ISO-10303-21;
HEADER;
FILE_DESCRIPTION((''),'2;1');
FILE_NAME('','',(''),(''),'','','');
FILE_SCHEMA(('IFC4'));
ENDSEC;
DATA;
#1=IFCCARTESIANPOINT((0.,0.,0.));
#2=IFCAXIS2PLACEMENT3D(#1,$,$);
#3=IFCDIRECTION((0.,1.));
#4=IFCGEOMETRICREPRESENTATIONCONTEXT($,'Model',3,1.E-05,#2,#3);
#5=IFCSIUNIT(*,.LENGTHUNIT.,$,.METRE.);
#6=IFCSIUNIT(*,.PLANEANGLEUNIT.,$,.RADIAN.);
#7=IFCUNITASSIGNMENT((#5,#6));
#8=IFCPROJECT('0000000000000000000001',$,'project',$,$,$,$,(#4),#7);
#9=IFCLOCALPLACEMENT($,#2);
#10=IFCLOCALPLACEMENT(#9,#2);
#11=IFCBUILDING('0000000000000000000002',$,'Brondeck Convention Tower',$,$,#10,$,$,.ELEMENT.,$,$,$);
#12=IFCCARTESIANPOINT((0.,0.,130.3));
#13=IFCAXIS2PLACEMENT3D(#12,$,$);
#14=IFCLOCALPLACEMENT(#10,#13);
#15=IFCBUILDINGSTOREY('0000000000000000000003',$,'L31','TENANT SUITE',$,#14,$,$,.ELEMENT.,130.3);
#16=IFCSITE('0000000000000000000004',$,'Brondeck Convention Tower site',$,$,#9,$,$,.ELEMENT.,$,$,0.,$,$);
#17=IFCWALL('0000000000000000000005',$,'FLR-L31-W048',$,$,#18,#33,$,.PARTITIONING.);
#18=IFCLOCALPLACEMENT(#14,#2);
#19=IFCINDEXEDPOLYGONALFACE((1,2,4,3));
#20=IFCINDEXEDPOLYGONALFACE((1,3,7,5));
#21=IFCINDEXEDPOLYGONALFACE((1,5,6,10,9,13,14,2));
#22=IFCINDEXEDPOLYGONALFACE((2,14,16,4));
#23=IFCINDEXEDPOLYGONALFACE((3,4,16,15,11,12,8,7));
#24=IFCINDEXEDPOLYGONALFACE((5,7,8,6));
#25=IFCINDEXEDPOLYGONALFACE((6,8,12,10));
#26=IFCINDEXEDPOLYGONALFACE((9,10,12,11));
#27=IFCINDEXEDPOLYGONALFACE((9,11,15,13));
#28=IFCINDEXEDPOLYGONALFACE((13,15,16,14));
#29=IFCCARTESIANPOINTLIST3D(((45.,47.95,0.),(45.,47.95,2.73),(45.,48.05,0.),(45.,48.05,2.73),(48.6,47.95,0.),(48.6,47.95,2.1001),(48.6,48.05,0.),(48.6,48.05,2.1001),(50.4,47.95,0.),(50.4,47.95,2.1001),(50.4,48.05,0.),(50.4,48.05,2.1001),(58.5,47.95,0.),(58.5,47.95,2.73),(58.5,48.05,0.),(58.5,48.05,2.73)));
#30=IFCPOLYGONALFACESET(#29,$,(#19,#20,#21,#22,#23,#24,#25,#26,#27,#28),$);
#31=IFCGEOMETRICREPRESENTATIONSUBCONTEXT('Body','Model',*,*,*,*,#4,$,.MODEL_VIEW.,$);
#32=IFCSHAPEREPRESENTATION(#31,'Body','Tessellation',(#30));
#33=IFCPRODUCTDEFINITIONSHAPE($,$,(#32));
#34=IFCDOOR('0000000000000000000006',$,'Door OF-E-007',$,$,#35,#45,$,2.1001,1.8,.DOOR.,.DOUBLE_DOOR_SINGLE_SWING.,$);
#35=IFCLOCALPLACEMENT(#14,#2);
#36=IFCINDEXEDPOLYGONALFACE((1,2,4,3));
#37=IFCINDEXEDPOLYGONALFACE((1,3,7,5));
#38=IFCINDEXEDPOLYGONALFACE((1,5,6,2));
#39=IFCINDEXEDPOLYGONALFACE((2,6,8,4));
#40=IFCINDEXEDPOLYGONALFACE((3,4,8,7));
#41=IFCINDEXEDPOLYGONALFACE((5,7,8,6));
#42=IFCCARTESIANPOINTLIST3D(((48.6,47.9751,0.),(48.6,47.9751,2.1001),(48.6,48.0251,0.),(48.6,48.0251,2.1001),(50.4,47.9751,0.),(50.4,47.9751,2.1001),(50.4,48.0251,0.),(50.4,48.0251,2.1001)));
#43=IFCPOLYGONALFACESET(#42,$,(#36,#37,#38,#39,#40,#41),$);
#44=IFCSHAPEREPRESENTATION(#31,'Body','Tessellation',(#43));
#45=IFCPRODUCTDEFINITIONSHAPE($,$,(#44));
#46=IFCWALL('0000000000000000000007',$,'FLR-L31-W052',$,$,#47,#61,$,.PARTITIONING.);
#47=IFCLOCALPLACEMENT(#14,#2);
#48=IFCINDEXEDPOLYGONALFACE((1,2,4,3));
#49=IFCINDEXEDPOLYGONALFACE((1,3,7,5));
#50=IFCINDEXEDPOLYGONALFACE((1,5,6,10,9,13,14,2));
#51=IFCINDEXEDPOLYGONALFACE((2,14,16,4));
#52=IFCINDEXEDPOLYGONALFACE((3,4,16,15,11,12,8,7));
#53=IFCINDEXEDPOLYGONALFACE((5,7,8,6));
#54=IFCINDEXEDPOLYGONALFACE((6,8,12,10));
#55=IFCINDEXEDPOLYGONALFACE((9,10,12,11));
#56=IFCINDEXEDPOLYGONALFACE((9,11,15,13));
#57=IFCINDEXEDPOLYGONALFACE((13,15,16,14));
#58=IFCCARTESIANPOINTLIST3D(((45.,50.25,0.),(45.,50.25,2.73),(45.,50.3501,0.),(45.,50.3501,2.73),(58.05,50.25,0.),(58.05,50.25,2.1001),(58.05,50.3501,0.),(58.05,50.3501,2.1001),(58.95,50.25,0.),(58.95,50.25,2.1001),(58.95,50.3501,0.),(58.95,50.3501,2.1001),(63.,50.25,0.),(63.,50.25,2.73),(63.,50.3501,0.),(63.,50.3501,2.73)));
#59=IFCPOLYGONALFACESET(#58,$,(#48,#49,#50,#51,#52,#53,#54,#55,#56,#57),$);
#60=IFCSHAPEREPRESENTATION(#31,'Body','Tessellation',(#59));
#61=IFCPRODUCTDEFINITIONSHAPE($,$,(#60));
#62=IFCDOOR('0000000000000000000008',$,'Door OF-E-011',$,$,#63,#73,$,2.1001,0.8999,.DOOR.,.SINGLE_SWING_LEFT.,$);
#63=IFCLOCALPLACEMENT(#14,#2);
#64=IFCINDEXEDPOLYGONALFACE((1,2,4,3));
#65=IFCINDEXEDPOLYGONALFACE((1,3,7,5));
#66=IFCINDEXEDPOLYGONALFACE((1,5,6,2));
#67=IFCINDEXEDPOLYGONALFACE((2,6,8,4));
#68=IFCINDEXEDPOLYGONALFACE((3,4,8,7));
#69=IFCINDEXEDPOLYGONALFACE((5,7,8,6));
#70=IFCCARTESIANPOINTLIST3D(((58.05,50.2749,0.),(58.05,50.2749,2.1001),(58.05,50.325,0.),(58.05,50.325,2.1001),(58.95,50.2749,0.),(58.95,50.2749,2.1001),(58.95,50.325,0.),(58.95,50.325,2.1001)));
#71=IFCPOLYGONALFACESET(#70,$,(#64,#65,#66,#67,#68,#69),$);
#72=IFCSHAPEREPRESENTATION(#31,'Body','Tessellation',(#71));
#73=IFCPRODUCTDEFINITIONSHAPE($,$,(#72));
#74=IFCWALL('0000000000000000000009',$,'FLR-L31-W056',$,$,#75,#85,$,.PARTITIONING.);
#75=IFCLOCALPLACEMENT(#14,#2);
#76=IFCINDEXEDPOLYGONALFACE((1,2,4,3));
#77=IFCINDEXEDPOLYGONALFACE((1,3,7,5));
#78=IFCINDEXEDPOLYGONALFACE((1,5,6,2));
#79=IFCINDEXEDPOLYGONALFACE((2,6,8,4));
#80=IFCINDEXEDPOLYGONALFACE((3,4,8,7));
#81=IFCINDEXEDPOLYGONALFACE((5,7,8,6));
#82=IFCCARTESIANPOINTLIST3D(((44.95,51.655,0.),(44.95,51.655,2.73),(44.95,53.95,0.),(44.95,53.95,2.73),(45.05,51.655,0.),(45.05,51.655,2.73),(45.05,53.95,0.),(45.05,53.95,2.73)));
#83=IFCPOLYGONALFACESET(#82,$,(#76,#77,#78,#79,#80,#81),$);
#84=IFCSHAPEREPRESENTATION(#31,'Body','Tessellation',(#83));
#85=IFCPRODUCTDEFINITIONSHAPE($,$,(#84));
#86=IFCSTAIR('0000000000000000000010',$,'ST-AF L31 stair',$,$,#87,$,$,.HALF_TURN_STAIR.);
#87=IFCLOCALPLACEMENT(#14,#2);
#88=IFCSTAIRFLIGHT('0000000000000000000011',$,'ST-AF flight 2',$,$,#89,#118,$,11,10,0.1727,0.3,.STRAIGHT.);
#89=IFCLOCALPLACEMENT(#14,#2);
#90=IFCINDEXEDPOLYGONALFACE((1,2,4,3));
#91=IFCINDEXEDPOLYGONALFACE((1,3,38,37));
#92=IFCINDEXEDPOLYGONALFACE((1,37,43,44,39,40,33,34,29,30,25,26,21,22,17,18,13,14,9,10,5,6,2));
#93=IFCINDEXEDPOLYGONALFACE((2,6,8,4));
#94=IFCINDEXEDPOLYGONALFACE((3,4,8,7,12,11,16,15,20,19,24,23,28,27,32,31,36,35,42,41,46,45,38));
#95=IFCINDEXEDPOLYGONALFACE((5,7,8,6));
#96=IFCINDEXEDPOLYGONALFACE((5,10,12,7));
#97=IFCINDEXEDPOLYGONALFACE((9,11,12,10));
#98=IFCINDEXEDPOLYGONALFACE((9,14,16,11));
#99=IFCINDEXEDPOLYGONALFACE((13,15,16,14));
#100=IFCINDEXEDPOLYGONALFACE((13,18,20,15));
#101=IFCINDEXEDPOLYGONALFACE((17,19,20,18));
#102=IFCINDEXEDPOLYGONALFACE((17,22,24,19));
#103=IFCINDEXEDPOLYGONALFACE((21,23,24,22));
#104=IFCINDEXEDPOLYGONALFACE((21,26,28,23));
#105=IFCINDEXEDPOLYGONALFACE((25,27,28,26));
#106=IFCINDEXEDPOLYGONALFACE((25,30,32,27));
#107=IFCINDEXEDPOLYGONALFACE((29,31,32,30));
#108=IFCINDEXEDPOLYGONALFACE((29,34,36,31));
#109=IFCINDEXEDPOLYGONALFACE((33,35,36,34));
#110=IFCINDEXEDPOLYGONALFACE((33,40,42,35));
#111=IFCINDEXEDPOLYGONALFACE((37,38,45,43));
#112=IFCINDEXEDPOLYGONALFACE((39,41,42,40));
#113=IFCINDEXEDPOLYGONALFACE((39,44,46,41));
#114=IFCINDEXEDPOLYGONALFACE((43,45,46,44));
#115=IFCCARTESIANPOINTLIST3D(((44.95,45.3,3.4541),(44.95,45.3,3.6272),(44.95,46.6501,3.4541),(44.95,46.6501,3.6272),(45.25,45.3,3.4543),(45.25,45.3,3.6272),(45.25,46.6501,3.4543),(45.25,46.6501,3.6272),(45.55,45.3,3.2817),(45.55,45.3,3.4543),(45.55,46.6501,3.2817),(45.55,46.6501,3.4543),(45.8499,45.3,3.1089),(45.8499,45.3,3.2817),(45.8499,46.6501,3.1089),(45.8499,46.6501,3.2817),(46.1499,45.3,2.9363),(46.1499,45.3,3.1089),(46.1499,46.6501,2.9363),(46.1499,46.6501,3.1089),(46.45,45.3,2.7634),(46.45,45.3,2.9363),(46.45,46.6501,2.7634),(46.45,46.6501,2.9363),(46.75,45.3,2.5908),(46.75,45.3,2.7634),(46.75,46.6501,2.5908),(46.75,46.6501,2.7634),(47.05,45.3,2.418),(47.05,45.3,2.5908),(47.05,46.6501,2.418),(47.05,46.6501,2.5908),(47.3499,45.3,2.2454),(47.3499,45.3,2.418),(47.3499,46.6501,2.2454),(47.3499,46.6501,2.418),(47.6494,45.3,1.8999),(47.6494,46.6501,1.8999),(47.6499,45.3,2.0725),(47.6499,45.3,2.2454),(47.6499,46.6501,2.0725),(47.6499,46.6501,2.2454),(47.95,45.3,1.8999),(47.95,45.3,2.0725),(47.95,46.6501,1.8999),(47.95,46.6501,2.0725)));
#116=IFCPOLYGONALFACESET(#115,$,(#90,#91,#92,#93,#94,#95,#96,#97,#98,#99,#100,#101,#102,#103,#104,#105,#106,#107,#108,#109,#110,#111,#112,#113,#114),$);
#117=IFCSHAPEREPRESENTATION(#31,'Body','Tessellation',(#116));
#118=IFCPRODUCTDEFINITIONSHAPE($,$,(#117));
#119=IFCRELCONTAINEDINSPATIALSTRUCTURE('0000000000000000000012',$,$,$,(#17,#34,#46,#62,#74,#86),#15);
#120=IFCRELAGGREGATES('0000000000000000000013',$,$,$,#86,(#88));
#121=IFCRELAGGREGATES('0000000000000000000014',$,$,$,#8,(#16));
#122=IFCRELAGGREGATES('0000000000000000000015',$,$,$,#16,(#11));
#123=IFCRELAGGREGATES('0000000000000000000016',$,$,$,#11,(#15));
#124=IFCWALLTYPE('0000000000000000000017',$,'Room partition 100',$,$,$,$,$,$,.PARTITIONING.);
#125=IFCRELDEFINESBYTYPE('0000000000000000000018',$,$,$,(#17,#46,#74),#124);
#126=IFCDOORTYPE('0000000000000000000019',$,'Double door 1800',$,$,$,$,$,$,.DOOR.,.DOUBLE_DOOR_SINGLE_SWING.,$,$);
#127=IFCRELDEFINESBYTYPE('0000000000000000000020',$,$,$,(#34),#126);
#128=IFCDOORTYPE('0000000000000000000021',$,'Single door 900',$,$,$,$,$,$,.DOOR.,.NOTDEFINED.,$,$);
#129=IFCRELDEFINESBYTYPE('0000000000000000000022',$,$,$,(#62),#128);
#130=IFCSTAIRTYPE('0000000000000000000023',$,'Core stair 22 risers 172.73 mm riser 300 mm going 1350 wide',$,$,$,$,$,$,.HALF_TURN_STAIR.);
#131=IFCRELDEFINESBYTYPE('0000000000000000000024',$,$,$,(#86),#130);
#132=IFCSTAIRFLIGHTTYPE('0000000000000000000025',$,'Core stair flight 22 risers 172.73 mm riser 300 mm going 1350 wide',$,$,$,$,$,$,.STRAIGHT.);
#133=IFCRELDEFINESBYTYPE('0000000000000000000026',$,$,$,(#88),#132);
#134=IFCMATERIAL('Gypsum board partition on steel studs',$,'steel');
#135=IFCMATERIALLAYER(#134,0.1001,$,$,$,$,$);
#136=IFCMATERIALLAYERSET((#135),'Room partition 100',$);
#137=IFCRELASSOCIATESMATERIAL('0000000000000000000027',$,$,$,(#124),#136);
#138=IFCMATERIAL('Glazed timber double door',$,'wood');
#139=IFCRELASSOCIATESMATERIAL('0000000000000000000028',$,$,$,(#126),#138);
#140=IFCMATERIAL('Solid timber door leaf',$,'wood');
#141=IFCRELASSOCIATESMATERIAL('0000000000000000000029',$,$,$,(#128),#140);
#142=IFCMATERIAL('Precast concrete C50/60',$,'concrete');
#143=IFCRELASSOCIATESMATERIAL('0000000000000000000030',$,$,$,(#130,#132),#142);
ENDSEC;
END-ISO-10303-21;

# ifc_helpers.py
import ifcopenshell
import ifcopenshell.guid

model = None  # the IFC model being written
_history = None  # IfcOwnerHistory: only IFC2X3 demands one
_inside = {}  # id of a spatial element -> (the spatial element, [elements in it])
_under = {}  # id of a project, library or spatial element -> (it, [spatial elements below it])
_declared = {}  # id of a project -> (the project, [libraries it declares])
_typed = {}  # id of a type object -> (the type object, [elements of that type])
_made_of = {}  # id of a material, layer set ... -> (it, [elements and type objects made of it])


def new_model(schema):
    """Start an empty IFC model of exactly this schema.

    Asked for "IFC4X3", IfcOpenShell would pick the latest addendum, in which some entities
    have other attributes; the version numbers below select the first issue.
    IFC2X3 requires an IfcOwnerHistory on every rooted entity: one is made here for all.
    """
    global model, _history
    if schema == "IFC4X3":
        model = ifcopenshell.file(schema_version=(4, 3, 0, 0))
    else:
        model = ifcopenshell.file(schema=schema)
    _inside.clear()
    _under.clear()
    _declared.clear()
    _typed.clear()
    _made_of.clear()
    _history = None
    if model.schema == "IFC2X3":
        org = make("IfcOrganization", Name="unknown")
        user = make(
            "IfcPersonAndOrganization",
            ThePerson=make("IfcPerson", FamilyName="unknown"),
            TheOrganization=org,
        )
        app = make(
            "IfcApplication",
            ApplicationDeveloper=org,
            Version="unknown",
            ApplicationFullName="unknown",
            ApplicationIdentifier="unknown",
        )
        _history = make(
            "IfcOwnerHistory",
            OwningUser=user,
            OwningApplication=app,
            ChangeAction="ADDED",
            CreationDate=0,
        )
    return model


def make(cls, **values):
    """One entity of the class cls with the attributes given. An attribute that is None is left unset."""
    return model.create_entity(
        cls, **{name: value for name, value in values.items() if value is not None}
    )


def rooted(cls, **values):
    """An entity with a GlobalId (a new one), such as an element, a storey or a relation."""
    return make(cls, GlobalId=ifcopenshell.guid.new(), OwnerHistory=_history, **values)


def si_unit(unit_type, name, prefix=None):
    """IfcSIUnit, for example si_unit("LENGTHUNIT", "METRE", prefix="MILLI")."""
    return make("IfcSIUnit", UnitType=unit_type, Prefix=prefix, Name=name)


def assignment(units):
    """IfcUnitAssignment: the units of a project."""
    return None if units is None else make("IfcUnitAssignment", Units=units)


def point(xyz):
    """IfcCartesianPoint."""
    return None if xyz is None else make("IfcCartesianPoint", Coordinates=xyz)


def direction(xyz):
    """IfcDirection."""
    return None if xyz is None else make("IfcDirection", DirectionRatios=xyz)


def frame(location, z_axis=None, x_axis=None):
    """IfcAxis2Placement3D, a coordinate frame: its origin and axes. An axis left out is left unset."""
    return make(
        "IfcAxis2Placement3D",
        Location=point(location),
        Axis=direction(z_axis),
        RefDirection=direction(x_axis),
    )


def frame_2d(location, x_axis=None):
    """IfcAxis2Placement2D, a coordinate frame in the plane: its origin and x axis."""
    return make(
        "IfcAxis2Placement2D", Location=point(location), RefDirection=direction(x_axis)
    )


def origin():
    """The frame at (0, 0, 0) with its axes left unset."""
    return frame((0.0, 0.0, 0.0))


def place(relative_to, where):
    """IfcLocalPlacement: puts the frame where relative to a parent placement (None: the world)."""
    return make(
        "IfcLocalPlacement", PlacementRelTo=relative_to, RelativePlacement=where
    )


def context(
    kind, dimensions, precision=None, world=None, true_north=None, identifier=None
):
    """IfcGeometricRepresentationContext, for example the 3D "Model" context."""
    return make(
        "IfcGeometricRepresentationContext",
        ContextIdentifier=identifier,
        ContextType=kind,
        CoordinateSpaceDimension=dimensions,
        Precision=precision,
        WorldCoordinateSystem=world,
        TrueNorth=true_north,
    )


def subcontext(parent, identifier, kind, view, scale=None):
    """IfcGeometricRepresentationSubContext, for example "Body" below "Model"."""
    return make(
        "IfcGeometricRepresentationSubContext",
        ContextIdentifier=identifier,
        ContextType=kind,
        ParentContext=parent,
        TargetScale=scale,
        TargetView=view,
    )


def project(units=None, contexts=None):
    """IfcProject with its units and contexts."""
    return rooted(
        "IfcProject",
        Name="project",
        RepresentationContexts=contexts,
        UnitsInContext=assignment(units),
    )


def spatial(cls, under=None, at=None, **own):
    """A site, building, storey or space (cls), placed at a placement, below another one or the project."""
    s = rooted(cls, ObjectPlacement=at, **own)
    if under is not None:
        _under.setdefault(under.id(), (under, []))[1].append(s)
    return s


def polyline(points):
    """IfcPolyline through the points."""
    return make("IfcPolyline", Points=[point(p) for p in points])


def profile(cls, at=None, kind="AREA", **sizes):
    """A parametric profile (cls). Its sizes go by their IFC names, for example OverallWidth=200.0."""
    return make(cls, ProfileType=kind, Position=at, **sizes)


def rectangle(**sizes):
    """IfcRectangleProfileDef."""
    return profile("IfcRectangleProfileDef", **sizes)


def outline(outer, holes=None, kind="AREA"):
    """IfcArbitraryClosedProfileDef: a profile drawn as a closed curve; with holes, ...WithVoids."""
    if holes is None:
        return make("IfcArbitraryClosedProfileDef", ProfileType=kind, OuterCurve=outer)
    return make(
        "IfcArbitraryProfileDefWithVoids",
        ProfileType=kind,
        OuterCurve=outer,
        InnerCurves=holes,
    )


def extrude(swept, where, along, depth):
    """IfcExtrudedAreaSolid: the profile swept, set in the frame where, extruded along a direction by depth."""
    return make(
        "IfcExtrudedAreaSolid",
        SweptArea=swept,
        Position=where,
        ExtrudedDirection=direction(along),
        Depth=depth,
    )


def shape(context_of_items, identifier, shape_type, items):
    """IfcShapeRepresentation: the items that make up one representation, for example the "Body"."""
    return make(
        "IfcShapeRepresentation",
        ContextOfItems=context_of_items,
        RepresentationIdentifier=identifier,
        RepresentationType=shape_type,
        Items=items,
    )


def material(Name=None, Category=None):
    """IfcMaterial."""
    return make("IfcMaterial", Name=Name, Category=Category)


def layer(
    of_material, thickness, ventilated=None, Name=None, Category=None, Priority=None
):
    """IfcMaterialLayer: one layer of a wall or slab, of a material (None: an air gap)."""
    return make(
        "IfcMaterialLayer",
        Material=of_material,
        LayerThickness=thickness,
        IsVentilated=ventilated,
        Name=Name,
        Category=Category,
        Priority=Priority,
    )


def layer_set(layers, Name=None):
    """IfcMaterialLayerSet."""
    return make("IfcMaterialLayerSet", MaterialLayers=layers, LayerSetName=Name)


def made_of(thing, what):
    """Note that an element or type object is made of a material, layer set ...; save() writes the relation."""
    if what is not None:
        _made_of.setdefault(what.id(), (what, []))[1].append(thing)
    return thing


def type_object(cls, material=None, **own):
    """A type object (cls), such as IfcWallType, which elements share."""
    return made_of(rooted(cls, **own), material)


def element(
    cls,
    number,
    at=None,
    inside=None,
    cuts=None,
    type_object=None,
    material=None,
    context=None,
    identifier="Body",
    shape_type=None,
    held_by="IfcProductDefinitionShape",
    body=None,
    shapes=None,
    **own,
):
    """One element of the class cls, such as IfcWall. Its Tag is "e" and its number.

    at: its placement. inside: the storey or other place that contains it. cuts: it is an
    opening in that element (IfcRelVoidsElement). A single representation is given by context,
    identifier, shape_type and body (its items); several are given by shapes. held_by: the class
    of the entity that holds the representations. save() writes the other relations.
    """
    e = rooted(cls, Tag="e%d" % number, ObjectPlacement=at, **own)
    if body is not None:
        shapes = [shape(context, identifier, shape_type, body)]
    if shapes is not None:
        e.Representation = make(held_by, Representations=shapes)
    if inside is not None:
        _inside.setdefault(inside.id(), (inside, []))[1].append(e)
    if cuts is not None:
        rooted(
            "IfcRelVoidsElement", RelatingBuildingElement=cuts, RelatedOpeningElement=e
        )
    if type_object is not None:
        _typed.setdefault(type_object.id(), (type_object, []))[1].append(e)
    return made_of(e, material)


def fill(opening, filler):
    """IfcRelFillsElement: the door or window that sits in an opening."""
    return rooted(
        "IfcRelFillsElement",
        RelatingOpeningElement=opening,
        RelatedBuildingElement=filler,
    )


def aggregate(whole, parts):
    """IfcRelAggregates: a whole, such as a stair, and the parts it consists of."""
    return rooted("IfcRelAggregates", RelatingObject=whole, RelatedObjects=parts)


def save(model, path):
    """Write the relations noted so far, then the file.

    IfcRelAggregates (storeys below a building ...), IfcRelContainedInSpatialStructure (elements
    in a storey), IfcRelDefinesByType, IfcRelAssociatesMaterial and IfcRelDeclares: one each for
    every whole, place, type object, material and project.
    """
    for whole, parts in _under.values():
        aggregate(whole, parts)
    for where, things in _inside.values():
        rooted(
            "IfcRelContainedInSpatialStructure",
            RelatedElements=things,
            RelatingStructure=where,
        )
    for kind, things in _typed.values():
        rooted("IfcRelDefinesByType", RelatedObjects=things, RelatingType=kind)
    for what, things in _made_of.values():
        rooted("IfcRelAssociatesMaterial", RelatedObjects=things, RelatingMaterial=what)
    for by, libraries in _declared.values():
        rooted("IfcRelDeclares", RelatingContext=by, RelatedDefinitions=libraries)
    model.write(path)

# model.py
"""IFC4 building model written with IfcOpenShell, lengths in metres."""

from ifc_helpers import new_model, si_unit, direction, frame, frame_2d, origin, place, context, subcontext, project, spatial, polyline, rectangle, outline, extrude, material, layer, layer_set, type_object, element, fill, aggregate, save


model = new_model("IFC4")

# Units and contexts
model_context = context("Model", 3, precision=1e-05, world=origin(), true_north=direction((0.0, 1.0)))
body_context = subcontext(model_context, "Body", "Model", "MODEL_VIEW")
ifc_project = project(units=[si_unit("LENGTHUNIT", "METRE"), si_unit("PLANEANGLEUNIT", "RADIAN")], contexts=[model_context])

# Site, building, storey
site_placement = place(None, origin())
site = spatial("IfcSite", under=ifc_project, at=site_placement, Name="Brondeck Convention Tower site", CompositionType="ELEMENT", RefElevation=0.0)
building_placement = place(site_placement, origin())
building = spatial("IfcBuilding", under=site, at=building_placement, Name="Brondeck Convention Tower", CompositionType="ELEMENT")
storey_placement = place(building_placement, frame((0.0, 0.0, 130.3)))
storey = spatial("IfcBuildingStorey", under=building, at=storey_placement, Name="L31", Description="TENANT SUITE", CompositionType="ELEMENT", Elevation=130.3)

# Shared definitions
ifc_material_1 = material(Name="Gypsum board partition on steel studs", Category="steel")
ifc_layer_1 = layer(ifc_material_1, 0.1001)
ifc_layer_set_1 = layer_set([ifc_layer_1], Name="Room partition 100")
wall_type_1 = type_object("IfcWallType", Name="Room partition 100", PredefinedType="PARTITIONING", material=ifc_layer_set_1)

# Walls, openings, doors
wall_1_placement = place(storey_placement, frame((58.5, 48.0, 0.0), z_axis=(0.0, 0.0, 1.0), x_axis=(-1.0, 0.0, 0.0)))
wall_1 = element("IfcWall", 1, at=wall_1_placement, inside=storey, type_object=wall_type_1, Name="FLR-L31-W048", PredefinedType="PARTITIONING", context=body_context, shape_type="SweptSolid", body=[
    extrude(rectangle(XDim=13.5, YDim=0.1001, at=frame_2d((6.75, 0.0))), origin(), (0.0, 0.0, 1.0), 2.73),
])
opening_1_placement = place(wall_1_placement, frame((8.1001, 0.0, 0.0)))
opening_1 = element("IfcOpeningElement", 2, at=opening_1_placement, cuts=wall_1, PredefinedType="OPENING", context=body_context, shape_type="SweptSolid", body=[
    extrude(rectangle(XDim=1.8, YDim=2.1001, at=frame_2d((0.8999, 1.05))), frame((0.0, 0.0601, 0.0), z_axis=(0.0, -1.0, 0.0), x_axis=(1.0, 0.0, 0.0)), (0.0, 0.0, 1.0), 0.1201),
])
ifc_material_2 = material(Name="Glazed timber double door", Category="wood")
door_type_1 = type_object("IfcDoorType", Name="Double door 1800", OperationType="DOUBLE_DOOR_SINGLE_SWING", PredefinedType="DOOR", material=ifc_material_2)
door_1_placement = place(opening_1_placement, origin())
door_1 = element("IfcDoor", 3, at=door_1_placement, inside=storey, type_object=door_type_1, Name="Door OF-E-007", OperationType="DOUBLE_DOOR_SINGLE_SWING", OverallHeight=2.1001, OverallWidth=1.8, PredefinedType="DOOR", context=body_context, shape_type="SweptSolid", body=[
    extrude(rectangle(XDim=1.8, YDim=2.1001, at=frame_2d((0.8999, 1.05))), frame((0.0, 0.0249, 0.0), z_axis=(0.0, -1.0, 0.0), x_axis=(1.0, 0.0, 0.0)), (0.0, 0.0, 1.0), 0.05),
])
fill(opening_1, door_1)
wall_2_placement = place(storey_placement, frame((45.0, 50.3, 0.0), z_axis=(0.0, 0.0, 1.0), x_axis=(1.0, 0.0, 0.0)))
wall_2 = element("IfcWall", 4, at=wall_2_placement, inside=storey, type_object=wall_type_1, Name="FLR-L31-W052", PredefinedType="PARTITIONING", context=body_context, shape_type="SweptSolid", body=[
    extrude(rectangle(XDim=18.0, YDim=0.1001, at=frame_2d((9.0, 0.0))), origin(), (0.0, 0.0, 1.0), 2.73),
])
opening_2_placement = place(wall_2_placement, frame((13.05, 0.0, 0.0)))
opening_2 = element("IfcOpeningElement", 5, at=opening_2_placement, cuts=wall_2, PredefinedType="OPENING", context=body_context, shape_type="SweptSolid", body=[
    extrude(rectangle(XDim=0.8999, YDim=2.1001, at=frame_2d((0.45, 1.05))), frame((0.0, 0.0601, 0.0), z_axis=(0.0, -1.0, 0.0), x_axis=(1.0, 0.0, 0.0)), (0.0, 0.0, 1.0), 0.1201),
])
ifc_material_3 = material(Name="Solid timber door leaf", Category="wood")
door_type_2 = type_object("IfcDoorType", Name="Single door 900", OperationType="NOTDEFINED", PredefinedType="DOOR", material=ifc_material_3)
door_2_placement = place(opening_2_placement, origin())
door_2 = element("IfcDoor", 6, at=door_2_placement, inside=storey, type_object=door_type_2, Name="Door OF-E-011", OperationType="SINGLE_SWING_LEFT", OverallHeight=2.1001, OverallWidth=0.8999, PredefinedType="DOOR", context=body_context, shape_type="SweptSolid", body=[
    extrude(rectangle(XDim=0.8999, YDim=2.1001, at=frame_2d((0.45, 1.05))), frame((0.0, 0.0249, 0.0), z_axis=(0.0, -1.0, 0.0), x_axis=(1.0, 0.0, 0.0)), (0.0, 0.0, 1.0), 0.05),
])
fill(opening_2, door_2)

# Wall
wall_3_placement = place(storey_placement, frame((45.0, 53.95, 0.0), z_axis=(0.0, 0.0, 1.0), x_axis=(0.0, -1.0, 0.0)))
element("IfcWall", 7, at=wall_3_placement, inside=storey, type_object=wall_type_1, Name="FLR-L31-W056", PredefinedType="PARTITIONING", context=body_context, shape_type="SweptSolid", body=[
    extrude(rectangle(XDim=2.2949, YDim=0.1001, at=frame_2d((1.1475, 0.0))), origin(), (0.0, 0.0, 1.0), 2.73),
])

# Stair, stair flight
ifc_material_4 = material(Name="Precast concrete C50/60", Category="concrete")
stair_type = type_object("IfcStairType", Name="Core stair 22 risers 172.73 mm riser 300 mm going 1350 wide", PredefinedType="HALF_TURN_STAIR", material=ifc_material_4)
stair_placement = place(storey_placement, origin())
stair = element("IfcStair", 8, at=stair_placement, inside=storey, type_object=stair_type, Name="ST-AF L31 stair", PredefinedType="HALF_TURN_STAIR")
stair_flight_type = type_object("IfcStairFlightType", Name="Core stair flight 22 risers 172.73 mm riser 300 mm going 1350 wide", PredefinedType="STRAIGHT", material=ifc_material_4)
stair_flight_placement = place(storey_placement, frame((47.95, 45.9751, 1.8999), z_axis=(0.0, 0.0, 1.0), x_axis=(-1.0, 0.0, 0.0)))
stair_flight = element("IfcStairFlight", 9, at=stair_flight_placement, type_object=stair_flight_type, Name="ST-AF flight 2", NumberOfRisers=11, NumberOfTreads=10, PredefinedType="STRAIGHT", RiserHeight=0.1727, TreadLength=0.3, context=body_context, shape_type="SweptSolid", body=[
    extrude(outline(polyline([(0.0, 0.0), (0.0, 0.1726), (0.3, 0.1726), (0.3, 0.3455), (0.6001, 0.3455), (0.6001, 0.5181), (0.8999, 0.5181), (0.8999, 0.6909), (1.2, 0.6909), (1.2, 0.8635), (1.5, 0.8635), (1.5, 1.0364), (1.8, 1.0364), (1.8, 1.209), (2.1001, 1.209), (2.1001, 1.3818), (2.3999, 1.3818), (2.3999, 1.5544), (2.7, 1.5544), (2.7, 1.7273), (3.0, 1.7273), (3.0, 1.8999), (3.0, 1.5542), (0.3005, 0.0), (0.0, 0.0)])), frame((0.0, 0.675, 0.0), z_axis=(0.0, -1.0, 0.0), x_axis=(1.0, 0.0, 0.0)), (0.0, 0.0, 1.0), 1.3501),
])
aggregate(stair, [stair_flight])

save(model, "model.ifc")
